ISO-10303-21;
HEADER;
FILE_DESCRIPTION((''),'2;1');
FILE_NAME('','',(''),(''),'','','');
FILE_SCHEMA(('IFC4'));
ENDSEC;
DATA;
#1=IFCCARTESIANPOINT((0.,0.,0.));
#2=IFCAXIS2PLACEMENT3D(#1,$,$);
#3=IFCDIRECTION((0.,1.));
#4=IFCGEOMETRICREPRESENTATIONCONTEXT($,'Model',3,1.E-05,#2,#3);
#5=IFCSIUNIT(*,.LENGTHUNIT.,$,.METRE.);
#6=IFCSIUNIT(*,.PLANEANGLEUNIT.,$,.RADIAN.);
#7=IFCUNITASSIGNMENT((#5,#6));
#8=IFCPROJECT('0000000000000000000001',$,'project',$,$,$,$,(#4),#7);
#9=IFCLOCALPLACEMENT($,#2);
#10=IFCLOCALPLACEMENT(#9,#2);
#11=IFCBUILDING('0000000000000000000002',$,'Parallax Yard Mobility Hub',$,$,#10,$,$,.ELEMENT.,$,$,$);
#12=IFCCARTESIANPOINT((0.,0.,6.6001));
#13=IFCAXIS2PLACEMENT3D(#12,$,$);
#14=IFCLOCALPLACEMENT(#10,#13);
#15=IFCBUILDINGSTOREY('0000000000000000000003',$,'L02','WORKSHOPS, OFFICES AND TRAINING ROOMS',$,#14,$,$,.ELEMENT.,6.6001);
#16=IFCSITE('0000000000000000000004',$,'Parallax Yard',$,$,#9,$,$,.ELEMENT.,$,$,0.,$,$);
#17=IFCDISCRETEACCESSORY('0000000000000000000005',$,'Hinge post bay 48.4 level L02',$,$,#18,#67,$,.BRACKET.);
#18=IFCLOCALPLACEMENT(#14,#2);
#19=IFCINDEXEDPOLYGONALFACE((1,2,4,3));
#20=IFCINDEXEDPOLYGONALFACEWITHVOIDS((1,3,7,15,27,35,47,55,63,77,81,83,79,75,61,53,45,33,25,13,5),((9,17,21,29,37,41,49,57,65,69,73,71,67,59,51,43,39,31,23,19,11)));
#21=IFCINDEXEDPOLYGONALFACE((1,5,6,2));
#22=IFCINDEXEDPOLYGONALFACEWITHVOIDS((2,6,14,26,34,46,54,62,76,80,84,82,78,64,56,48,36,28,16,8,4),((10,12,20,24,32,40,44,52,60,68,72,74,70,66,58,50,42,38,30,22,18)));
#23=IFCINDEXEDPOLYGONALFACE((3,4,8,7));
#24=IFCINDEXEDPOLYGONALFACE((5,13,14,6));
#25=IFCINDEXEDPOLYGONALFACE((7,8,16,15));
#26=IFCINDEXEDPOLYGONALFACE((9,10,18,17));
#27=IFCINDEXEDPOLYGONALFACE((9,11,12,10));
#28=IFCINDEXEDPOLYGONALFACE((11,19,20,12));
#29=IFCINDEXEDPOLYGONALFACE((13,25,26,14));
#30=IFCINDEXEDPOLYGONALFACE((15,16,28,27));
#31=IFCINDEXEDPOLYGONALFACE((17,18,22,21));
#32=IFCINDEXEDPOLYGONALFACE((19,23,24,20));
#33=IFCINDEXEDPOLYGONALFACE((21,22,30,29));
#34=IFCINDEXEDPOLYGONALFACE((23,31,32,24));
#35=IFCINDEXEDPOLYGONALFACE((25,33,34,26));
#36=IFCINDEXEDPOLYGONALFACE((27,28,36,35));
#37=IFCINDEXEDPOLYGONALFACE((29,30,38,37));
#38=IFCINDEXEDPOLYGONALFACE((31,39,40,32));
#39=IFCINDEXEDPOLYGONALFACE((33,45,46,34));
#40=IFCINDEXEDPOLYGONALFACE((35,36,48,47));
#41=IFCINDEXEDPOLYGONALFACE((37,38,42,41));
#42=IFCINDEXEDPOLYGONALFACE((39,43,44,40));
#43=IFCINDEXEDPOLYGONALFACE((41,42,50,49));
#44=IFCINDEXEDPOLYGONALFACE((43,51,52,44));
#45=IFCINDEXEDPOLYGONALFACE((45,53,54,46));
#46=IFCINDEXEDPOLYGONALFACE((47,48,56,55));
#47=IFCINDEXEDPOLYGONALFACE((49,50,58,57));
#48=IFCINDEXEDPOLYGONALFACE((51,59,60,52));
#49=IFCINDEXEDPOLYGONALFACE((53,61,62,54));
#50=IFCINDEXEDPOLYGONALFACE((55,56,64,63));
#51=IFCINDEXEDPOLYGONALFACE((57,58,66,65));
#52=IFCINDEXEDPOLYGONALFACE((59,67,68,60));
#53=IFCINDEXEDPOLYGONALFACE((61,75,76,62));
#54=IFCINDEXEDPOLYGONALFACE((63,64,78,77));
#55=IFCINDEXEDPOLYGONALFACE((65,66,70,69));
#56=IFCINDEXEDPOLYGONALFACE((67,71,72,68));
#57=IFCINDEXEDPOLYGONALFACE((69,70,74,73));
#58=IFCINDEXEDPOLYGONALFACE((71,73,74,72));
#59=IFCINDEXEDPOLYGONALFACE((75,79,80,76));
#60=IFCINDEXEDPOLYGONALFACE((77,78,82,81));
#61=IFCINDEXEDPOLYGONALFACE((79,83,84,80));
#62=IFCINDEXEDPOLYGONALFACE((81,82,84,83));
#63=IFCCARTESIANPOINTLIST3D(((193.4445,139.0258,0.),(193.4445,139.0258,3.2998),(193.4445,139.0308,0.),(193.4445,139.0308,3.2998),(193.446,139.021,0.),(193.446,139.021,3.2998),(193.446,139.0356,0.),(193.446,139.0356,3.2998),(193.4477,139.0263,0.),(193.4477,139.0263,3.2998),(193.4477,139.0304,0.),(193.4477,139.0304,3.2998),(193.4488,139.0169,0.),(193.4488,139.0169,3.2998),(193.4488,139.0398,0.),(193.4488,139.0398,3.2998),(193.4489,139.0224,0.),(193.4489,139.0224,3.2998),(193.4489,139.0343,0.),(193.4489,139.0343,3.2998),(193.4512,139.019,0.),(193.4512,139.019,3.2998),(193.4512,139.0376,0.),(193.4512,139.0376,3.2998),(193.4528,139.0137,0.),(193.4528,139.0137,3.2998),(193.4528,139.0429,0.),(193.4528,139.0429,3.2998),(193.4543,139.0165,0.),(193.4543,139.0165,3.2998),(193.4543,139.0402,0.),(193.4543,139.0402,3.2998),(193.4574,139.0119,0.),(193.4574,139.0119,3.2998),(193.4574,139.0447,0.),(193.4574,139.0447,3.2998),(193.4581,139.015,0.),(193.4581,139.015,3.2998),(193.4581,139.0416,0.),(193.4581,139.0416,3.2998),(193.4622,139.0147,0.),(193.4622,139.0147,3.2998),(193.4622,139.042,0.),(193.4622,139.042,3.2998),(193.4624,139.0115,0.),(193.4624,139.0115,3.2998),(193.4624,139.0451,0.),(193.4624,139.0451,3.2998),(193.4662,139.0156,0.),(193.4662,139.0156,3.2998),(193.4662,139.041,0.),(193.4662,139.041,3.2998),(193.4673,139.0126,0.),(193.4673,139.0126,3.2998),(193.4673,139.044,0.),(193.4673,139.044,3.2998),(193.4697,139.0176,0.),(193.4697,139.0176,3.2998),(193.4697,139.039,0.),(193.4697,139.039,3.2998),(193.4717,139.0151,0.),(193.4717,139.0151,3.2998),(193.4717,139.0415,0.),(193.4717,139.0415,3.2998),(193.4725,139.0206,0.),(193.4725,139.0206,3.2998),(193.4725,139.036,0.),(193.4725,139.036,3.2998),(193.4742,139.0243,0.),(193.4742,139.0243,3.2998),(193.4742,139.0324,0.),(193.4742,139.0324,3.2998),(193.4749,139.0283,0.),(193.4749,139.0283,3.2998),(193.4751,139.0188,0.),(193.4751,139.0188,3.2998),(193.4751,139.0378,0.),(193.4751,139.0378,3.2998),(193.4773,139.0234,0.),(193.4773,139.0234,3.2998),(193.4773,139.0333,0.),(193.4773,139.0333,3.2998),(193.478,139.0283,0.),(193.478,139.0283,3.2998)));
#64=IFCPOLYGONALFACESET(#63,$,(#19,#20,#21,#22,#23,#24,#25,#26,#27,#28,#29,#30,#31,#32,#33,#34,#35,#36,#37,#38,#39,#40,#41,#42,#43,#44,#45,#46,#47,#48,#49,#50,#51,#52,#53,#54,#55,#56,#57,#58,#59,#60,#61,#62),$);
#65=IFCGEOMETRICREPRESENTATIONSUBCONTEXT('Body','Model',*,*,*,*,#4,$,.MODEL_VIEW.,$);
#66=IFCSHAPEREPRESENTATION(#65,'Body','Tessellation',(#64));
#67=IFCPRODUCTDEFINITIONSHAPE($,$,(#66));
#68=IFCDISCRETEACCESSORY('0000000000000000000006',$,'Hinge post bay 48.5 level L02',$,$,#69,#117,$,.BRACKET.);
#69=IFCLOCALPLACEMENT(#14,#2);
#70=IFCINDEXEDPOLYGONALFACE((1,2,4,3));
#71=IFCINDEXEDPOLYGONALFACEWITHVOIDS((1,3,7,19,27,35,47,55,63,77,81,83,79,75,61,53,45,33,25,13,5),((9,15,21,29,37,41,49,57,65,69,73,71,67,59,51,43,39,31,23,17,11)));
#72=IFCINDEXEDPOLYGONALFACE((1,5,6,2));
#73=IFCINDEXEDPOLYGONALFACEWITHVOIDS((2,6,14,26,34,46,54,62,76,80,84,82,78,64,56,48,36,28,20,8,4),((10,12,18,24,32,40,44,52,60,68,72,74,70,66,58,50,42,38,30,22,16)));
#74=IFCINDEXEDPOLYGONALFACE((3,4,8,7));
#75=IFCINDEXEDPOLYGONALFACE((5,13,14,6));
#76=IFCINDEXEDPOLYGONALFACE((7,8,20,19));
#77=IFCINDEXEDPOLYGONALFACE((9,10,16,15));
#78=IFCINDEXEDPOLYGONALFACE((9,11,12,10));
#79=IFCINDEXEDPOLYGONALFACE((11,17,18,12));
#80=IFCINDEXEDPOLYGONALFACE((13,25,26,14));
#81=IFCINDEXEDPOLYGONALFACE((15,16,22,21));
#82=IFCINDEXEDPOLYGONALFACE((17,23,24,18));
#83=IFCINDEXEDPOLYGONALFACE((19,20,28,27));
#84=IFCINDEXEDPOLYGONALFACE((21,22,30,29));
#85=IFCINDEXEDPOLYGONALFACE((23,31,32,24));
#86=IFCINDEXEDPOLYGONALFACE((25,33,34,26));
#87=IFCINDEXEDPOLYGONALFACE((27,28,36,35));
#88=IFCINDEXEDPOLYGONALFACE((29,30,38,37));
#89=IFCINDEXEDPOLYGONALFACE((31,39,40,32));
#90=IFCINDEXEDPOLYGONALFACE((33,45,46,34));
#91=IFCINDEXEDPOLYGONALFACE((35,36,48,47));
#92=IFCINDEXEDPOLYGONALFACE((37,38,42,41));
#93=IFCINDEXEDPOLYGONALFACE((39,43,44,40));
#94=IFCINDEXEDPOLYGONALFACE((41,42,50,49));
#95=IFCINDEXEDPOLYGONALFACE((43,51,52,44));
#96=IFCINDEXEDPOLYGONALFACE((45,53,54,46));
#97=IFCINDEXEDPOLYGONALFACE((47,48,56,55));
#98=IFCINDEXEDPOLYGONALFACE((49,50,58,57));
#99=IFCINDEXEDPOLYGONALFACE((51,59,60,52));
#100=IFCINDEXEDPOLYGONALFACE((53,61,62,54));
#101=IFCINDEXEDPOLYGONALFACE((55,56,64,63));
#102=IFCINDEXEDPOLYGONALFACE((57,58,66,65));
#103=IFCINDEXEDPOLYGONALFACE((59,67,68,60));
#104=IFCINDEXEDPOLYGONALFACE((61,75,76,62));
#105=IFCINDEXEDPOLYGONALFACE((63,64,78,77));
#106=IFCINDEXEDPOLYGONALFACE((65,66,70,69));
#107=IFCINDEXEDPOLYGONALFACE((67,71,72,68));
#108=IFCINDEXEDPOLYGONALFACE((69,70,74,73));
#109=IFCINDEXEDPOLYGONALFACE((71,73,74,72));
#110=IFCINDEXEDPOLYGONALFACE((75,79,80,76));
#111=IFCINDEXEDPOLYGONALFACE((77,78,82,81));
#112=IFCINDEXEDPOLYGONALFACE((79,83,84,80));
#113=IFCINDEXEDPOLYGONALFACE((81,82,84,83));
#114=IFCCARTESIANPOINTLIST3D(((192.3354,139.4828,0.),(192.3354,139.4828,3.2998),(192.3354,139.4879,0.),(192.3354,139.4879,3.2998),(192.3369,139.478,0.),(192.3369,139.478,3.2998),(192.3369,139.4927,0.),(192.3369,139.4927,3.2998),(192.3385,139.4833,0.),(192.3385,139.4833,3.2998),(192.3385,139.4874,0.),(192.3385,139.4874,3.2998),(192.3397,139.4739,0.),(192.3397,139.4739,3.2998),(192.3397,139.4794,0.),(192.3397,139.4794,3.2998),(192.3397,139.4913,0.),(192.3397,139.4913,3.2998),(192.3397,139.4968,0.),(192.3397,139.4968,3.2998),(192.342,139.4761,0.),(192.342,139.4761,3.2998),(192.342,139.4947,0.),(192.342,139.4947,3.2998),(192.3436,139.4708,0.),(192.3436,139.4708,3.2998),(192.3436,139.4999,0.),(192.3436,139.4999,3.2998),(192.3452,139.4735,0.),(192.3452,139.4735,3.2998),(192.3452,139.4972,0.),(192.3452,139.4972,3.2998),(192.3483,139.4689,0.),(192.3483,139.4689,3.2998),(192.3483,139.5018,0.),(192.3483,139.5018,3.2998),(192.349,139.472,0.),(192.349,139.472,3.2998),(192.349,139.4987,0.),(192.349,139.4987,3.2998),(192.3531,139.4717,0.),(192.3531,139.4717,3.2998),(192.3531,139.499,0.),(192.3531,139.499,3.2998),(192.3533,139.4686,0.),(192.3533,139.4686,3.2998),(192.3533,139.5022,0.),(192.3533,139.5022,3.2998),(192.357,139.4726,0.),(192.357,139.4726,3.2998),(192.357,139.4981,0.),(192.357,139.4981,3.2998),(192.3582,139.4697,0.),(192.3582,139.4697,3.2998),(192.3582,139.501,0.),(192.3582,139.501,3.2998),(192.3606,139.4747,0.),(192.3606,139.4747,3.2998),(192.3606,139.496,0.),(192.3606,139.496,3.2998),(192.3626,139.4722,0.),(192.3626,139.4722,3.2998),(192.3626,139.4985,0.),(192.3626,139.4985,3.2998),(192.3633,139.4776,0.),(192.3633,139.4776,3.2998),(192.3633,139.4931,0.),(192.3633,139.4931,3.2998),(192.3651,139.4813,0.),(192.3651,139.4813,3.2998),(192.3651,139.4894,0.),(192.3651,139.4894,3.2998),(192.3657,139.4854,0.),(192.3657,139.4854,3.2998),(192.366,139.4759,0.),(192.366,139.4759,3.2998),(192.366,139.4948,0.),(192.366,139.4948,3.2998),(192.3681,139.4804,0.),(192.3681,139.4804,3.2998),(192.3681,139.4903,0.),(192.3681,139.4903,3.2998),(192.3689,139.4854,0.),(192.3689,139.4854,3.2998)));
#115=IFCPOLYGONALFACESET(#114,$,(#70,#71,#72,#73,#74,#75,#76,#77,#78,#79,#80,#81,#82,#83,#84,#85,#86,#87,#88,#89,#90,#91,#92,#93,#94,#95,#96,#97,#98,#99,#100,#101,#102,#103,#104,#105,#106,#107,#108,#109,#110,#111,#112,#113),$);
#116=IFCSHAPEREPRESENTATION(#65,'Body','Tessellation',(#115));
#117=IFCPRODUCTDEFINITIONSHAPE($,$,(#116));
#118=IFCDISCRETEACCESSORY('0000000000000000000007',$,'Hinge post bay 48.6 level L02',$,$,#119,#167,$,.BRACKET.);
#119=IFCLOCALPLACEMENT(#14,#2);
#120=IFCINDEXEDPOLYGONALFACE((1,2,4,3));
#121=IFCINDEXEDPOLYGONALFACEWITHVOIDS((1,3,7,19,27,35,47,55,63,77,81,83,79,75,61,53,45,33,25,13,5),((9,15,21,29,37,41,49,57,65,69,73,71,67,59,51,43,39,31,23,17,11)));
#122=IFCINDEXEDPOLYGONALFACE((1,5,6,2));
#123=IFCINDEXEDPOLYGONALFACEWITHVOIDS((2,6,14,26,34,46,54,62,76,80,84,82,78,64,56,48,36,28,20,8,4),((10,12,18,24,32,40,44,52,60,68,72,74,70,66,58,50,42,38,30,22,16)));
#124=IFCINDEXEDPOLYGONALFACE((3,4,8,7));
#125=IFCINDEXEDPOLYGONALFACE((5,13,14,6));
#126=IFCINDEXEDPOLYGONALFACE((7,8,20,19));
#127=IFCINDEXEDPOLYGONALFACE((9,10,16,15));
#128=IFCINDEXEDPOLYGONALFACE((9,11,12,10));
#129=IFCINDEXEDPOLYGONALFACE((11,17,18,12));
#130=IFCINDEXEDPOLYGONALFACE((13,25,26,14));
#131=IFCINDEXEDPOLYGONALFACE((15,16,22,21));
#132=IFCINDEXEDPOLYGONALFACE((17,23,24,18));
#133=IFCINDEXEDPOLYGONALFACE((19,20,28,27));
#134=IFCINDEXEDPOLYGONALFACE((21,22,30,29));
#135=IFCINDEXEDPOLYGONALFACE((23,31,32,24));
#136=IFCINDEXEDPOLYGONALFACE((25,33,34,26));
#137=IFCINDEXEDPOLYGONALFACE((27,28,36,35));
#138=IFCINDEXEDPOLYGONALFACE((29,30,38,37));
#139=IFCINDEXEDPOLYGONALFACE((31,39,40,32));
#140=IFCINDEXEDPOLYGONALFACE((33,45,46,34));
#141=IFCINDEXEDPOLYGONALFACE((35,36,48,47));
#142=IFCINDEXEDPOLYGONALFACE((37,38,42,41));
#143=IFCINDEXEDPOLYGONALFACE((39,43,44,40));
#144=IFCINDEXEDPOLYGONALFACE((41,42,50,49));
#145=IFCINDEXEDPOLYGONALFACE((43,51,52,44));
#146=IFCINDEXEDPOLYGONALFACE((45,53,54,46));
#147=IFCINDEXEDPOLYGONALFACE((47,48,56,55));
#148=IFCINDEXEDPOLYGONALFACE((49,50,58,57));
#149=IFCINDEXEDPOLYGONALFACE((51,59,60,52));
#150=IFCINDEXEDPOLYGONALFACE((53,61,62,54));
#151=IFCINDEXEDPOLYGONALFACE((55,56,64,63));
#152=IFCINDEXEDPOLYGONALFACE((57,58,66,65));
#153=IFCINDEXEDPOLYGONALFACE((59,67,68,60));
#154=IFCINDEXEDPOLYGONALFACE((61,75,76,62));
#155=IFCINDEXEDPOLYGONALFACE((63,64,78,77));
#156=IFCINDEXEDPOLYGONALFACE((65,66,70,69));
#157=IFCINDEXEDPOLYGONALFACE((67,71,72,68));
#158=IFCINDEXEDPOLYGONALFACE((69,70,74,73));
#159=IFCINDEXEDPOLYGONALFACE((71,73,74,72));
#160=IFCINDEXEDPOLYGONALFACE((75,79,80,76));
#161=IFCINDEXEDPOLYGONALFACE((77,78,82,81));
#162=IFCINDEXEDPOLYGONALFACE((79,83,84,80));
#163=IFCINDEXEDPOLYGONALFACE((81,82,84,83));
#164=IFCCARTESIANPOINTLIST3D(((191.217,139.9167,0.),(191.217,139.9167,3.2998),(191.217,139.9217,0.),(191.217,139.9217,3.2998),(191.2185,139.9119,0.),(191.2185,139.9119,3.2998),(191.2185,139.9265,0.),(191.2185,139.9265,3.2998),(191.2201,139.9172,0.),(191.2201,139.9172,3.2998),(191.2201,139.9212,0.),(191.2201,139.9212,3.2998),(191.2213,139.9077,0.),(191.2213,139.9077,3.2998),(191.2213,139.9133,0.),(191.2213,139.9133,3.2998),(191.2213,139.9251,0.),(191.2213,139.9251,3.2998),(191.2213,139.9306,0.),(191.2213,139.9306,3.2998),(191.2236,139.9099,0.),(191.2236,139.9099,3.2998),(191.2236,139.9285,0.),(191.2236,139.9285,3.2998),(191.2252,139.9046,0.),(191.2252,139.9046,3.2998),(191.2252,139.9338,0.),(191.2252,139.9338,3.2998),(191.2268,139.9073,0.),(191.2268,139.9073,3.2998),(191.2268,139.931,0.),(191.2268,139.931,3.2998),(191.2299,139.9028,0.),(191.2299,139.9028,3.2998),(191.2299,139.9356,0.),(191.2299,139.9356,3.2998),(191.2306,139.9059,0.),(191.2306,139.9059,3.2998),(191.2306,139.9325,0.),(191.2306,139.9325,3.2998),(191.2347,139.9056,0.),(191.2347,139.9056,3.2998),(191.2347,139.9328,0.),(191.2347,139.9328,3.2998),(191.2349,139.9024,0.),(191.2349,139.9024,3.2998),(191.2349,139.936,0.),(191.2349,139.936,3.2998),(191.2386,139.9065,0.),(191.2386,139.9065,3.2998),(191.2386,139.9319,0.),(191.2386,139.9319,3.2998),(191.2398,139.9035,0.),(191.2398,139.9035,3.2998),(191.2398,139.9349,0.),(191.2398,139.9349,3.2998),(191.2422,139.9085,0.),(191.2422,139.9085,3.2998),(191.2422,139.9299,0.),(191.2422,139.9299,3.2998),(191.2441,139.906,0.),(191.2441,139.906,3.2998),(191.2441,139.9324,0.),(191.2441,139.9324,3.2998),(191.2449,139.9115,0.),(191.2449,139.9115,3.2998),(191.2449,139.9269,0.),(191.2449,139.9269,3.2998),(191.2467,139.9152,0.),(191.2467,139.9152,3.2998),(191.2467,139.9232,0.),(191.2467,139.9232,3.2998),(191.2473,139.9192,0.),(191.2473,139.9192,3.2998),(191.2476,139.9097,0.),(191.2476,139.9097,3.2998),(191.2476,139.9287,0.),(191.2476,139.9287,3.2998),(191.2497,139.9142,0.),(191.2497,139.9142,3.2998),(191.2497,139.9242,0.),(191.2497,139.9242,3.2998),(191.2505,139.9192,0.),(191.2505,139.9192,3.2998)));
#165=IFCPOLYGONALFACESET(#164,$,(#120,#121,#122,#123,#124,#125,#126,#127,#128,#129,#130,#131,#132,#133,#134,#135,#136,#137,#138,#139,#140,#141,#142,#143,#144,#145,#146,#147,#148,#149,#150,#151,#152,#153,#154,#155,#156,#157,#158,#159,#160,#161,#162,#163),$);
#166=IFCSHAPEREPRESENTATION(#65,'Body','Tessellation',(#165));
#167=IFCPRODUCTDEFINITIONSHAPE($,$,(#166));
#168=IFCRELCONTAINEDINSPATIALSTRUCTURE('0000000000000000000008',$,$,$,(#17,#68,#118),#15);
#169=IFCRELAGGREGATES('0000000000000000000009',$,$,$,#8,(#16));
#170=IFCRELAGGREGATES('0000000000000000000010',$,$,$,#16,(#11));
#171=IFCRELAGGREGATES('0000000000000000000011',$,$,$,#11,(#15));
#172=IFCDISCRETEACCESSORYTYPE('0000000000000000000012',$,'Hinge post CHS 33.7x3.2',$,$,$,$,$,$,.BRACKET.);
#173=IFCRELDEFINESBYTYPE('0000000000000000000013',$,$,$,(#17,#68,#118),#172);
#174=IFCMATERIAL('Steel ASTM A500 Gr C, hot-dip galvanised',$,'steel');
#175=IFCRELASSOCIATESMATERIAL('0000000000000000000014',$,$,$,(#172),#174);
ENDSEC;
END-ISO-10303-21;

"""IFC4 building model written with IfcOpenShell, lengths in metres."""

from ifc_helpers import new_model, si_unit, direction, frame, origin, origin_2d, place, context, subcontext, project, spatial, hollow_circle, extrude, material, material_profile, profile_set, type_object, element, save


model = new_model("IFC4")

# Units and contexts
model_context = context("Model", 3, precision=1e-05, world=origin(), true_north=direction((0.0, 1.0)))
body_context = subcontext(model_context, "Body", "Model", "MODEL_VIEW")
ifc_project = project(units=[si_unit("LENGTHUNIT", "METRE"), si_unit("PLANEANGLEUNIT", "RADIAN")], contexts=[model_context])

# Site, building, storey
site_placement = place(None, origin())
site = spatial("IfcSite", under=ifc_project, at=site_placement, Name="Parallax Yard", CompositionType="ELEMENT", RefElevation=0.0)
building_placement = place(site_placement, origin())
building = spatial("IfcBuilding", under=site, at=building_placement, Name="Parallax Yard Mobility Hub", CompositionType="ELEMENT")
storey_placement = place(building_placement, frame((0.0, 0.0, 6.6001)))
storey = spatial("IfcBuildingStorey", under=building, at=storey_placement, Name="L02", Description="WORKSHOPS, OFFICES AND TRAINING ROOMS", CompositionType="ELEMENT", Elevation=6.6001)

# Discrete accessories
ifc_material_1 = material(Name="Steel ASTM A500 Gr C, hot-dip galvanised", Category="steel")
ifc_material_profile_1 = material_profile(ifc_material_1, hollow_circle(Radius=0.0168, WallThickness=0.0032, at=origin_2d()), Name="CHS 33.7x3.2")
ifc_profile_set_1 = profile_set([ifc_material_profile_1], Name="Steel ASTM A500 Gr C, hot-dip galvanised")
discrete_accessory_type_1 = type_object("IfcDiscreteAccessoryType", Name="Hinge post CHS 33.7x3.2", PredefinedType="BRACKET", material=ifc_profile_set_1)
for number, where, z_axis, x_axis, name in (
    (1, (193.4612, 139.0283, 0.0), (0.0, 0.0, 1.0), (1.0, 0.0, 0.0), "Hinge post bay 48.4 level L02"),
    (2, (192.3521, 139.4854, 0.0), (0.0, 0.0, 1.0), (1.0, 0.0, 0.0), "Hinge post bay 48.5 level L02"),
    (3, (191.2336, 139.9192, 0.0), (0.0, 0.0, 1.0), (1.0, 0.0, 0.0), "Hinge post bay 48.6 level L02"),
):
    element("IfcDiscreteAccessory", number, at=place(storey_placement, frame(where, z_axis=z_axis, x_axis=x_axis)), inside=storey, type_object=discrete_accessory_type_1, Name=name, PredefinedType="BRACKET", context=body_context, shape_type="SweptSolid", body=[
        extrude(hollow_circle(Radius=0.0168, WallThickness=0.0032, at=origin_2d()), origin(), (0.0, 0.0, 1.0), 3.2998),
    ])

save(model, "model.ifc")
